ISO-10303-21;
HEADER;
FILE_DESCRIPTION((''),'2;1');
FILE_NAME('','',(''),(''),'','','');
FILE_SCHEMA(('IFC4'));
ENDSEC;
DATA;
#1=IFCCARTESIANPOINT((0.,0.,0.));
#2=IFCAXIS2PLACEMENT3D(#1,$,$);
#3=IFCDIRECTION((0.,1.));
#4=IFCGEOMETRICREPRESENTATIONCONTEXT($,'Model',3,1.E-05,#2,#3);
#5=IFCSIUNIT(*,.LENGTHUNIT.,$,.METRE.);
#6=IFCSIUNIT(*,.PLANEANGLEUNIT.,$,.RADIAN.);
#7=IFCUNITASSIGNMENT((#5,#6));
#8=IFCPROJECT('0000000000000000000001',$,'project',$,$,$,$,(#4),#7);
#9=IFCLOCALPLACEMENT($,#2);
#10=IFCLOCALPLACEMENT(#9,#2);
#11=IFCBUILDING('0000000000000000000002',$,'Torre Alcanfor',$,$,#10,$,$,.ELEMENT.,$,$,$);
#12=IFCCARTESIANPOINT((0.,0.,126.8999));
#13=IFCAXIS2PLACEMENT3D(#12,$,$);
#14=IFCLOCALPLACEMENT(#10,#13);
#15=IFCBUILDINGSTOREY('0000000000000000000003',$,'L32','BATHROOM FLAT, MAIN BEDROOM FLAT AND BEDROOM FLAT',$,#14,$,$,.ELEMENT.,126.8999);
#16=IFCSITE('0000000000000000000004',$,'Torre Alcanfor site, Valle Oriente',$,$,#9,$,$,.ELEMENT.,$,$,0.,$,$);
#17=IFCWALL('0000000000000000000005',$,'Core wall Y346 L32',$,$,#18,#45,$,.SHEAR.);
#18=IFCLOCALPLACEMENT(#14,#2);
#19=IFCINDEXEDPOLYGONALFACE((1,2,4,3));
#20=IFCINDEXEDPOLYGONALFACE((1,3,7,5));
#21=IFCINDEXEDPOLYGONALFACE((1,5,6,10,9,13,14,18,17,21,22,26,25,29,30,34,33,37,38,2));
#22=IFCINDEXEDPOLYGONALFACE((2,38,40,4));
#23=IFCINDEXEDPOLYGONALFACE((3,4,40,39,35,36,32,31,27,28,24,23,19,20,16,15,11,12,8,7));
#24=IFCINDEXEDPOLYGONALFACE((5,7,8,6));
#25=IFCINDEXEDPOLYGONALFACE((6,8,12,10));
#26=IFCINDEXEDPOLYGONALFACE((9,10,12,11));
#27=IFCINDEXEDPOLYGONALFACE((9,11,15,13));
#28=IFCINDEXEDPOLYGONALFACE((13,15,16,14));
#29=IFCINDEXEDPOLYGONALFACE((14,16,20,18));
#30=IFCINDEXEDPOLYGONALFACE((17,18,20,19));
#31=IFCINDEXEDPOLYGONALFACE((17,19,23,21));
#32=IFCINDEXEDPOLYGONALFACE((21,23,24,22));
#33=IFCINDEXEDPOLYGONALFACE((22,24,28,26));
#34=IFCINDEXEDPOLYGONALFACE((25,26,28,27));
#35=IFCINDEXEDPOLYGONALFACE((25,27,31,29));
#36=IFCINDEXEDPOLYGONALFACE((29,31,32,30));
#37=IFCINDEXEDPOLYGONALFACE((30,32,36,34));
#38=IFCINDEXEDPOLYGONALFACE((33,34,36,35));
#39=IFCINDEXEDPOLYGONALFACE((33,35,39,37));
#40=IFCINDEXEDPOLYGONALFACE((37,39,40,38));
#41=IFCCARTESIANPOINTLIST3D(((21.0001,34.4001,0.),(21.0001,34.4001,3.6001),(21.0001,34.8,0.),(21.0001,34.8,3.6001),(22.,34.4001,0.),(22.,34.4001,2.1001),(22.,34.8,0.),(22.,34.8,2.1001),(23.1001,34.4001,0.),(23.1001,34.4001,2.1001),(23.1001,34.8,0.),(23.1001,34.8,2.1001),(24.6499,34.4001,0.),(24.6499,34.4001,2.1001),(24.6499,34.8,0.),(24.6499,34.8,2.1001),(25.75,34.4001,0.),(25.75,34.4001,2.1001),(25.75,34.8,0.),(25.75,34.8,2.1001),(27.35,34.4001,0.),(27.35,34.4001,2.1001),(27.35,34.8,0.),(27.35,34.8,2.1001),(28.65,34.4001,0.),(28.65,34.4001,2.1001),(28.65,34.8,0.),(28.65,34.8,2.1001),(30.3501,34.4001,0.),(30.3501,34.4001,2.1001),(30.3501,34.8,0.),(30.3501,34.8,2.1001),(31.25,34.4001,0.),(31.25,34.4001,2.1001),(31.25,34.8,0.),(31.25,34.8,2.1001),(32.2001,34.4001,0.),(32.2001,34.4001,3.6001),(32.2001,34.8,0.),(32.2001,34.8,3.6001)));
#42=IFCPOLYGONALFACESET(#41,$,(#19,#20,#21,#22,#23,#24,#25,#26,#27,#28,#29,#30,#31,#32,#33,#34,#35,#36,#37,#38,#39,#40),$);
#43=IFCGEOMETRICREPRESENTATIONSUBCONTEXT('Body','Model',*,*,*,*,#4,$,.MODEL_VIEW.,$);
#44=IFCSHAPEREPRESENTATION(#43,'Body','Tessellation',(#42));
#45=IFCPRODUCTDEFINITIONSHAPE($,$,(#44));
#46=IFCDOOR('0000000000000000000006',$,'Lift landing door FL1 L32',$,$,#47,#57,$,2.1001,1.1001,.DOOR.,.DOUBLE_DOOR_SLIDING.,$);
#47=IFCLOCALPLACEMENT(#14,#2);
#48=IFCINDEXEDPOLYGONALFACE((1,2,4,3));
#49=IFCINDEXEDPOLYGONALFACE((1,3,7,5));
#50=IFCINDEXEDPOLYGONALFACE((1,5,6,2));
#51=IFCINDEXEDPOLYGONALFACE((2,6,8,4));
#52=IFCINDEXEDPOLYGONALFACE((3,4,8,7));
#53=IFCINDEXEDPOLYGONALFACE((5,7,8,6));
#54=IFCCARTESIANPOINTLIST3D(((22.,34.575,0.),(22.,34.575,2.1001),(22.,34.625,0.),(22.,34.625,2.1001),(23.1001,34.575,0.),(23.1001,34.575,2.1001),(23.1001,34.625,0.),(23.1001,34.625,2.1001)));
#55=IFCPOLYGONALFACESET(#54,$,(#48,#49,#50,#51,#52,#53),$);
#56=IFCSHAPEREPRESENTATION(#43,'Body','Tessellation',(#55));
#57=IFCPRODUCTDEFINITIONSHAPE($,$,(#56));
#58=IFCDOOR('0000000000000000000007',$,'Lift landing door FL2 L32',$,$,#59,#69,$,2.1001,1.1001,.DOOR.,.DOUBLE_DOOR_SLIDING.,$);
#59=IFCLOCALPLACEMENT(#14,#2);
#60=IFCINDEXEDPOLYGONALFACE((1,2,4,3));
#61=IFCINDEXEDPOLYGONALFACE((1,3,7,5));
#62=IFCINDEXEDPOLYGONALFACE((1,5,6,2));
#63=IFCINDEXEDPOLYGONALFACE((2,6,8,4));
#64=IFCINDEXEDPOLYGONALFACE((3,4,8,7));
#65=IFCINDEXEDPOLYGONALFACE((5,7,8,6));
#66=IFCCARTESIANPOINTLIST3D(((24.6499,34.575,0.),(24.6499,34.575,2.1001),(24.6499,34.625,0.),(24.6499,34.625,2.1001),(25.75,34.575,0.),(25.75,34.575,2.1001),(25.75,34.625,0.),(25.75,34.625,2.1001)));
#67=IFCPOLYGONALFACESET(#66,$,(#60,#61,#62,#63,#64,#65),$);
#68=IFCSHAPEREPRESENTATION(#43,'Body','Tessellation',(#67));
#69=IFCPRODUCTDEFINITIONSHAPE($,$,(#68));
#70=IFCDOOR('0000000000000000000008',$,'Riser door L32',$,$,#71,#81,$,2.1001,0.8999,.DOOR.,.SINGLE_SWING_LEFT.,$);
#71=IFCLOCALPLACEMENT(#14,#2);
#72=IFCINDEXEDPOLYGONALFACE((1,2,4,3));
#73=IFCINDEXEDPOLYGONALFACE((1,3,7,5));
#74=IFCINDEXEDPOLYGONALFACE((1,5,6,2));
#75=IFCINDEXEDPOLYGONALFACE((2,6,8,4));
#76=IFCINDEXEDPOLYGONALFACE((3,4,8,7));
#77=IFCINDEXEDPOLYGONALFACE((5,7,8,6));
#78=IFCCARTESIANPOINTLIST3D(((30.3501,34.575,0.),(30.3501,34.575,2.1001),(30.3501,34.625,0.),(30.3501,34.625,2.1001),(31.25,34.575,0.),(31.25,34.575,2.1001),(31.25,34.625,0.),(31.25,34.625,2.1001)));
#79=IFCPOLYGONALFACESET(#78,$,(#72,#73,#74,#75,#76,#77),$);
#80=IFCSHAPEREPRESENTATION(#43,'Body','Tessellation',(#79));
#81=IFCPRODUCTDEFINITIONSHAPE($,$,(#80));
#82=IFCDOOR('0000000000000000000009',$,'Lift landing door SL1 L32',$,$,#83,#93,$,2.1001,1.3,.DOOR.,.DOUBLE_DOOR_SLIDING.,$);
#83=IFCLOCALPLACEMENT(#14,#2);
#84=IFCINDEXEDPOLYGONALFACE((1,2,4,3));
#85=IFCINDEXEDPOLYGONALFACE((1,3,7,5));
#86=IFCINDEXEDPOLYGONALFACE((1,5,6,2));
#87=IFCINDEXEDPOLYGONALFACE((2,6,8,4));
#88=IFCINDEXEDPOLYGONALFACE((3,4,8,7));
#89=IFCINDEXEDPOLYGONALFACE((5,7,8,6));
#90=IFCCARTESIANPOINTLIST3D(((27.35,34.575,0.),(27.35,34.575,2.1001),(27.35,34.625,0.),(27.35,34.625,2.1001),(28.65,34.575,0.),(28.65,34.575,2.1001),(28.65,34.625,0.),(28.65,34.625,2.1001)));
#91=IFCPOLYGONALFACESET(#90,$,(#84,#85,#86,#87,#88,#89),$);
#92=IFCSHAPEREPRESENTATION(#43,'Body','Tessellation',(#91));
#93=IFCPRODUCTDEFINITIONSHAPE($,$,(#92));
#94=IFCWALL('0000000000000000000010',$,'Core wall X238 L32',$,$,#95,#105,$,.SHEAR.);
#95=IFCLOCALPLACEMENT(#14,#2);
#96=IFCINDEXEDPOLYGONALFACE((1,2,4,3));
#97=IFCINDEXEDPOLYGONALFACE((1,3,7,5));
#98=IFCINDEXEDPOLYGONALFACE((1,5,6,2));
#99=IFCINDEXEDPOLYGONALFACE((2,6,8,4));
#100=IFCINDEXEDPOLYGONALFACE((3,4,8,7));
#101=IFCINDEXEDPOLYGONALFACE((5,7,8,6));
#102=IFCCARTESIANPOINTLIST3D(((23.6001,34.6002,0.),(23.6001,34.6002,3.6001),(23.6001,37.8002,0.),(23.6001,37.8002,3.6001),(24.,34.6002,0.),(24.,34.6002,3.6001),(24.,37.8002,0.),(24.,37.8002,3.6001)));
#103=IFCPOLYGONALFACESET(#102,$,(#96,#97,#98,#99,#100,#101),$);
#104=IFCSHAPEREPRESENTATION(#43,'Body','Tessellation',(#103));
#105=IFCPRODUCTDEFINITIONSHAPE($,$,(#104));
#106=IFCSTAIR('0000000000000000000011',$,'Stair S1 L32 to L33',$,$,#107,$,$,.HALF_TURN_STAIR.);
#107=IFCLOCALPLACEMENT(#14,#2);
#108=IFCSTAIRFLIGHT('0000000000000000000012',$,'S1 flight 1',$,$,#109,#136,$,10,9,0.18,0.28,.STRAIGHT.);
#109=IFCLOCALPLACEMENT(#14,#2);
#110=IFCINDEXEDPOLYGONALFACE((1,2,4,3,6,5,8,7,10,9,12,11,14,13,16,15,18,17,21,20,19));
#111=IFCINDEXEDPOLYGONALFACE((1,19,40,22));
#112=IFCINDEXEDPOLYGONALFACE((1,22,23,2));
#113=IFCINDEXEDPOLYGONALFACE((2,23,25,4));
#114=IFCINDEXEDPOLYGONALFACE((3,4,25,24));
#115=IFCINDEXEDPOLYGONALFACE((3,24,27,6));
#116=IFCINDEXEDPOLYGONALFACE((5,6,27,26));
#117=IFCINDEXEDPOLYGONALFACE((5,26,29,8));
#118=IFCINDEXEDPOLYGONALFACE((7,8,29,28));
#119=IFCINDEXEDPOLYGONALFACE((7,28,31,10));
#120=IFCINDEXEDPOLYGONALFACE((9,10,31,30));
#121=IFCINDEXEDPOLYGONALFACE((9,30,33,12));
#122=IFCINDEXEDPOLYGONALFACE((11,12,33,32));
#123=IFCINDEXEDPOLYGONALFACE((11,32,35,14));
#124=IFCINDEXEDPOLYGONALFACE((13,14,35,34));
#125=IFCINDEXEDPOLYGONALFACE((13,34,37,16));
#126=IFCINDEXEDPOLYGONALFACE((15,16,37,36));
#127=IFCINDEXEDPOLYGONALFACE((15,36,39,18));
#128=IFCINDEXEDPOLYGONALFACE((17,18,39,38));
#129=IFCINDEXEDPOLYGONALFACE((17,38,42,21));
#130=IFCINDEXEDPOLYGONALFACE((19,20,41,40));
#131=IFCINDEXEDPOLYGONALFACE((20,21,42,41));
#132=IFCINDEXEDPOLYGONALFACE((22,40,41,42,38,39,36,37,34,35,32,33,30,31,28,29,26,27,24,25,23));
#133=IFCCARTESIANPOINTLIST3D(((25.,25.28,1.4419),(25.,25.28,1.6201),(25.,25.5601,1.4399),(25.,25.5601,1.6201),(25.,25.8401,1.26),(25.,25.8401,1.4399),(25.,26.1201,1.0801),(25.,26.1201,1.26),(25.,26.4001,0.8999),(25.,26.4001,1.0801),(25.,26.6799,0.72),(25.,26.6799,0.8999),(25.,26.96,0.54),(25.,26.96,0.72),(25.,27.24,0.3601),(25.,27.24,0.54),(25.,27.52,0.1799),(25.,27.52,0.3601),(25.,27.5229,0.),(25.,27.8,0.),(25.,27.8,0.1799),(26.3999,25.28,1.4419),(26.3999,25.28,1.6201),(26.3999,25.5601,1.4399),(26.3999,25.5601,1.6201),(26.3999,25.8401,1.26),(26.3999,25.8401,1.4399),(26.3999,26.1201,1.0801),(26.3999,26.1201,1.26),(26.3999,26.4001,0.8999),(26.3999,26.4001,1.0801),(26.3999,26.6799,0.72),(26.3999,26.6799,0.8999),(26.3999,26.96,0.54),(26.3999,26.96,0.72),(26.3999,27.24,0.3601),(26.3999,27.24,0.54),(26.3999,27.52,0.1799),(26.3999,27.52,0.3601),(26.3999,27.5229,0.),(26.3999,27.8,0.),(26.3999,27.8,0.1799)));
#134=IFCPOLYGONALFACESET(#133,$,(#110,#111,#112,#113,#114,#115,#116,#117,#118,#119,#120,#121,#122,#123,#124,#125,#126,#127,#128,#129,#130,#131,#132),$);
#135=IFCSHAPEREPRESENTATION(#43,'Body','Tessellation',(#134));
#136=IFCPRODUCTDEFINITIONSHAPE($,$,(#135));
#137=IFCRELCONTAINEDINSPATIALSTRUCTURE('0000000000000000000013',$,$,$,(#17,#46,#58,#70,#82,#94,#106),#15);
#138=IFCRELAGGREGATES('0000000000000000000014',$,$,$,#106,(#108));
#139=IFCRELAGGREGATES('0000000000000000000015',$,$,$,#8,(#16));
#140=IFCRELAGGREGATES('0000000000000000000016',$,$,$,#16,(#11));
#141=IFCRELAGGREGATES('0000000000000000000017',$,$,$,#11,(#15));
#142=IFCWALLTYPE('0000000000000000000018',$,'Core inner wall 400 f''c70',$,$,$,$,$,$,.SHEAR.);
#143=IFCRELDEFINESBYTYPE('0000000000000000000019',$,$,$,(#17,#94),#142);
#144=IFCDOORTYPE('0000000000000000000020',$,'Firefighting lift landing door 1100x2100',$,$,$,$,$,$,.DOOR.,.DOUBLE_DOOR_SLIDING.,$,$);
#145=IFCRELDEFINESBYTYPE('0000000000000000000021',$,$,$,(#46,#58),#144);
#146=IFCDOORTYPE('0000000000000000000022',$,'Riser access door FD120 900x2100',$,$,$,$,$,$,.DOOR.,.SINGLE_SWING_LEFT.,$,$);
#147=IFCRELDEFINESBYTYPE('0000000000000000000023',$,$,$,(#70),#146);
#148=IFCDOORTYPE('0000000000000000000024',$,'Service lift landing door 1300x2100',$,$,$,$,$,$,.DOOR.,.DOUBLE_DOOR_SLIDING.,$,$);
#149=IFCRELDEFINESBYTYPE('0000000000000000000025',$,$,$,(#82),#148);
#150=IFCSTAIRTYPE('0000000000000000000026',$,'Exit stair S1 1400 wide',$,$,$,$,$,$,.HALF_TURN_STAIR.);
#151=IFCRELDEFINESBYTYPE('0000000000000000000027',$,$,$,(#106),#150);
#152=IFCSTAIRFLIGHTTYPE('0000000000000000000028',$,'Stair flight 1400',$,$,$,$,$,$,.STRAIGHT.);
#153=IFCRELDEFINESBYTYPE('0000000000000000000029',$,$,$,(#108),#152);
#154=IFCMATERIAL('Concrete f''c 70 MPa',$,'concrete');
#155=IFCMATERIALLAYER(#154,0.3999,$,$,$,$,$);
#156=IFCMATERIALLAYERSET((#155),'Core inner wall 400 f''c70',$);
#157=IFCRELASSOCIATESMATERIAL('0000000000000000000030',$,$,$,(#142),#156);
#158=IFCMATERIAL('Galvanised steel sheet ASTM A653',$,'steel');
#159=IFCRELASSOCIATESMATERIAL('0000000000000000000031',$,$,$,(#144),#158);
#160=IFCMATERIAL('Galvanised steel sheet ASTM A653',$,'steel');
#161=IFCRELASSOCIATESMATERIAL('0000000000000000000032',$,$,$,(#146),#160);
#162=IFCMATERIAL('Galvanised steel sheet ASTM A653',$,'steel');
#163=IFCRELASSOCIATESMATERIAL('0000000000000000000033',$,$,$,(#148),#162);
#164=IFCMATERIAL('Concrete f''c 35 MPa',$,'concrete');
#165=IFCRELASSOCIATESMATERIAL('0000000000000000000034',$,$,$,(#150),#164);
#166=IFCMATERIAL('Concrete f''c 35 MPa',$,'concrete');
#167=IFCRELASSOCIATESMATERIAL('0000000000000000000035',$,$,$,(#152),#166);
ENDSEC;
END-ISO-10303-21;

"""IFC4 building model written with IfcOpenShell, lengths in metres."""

from ifc_helpers import new_model, si_unit, direction, frame, frame_2d, origin, place, context, subcontext, project, spatial, polyline, rectangle, outline, extrude, material, layer, layer_set, type_object, element, fill, aggregate, save


model = new_model("IFC4")

# Units and contexts
model_context = context("Model", 3, precision=1e-05, world=origin(), true_north=direction((0.0, 1.0)))
body_context = subcontext(model_context, "Body", "Model", "MODEL_VIEW")
ifc_project = project(units=[si_unit("LENGTHUNIT", "METRE"), si_unit("PLANEANGLEUNIT", "RADIAN")], contexts=[model_context])

# Site, building, storey
site_placement = place(None, origin())
site = spatial("IfcSite", under=ifc_project, at=site_placement, Name="Torre Alcanfor site, Valle Oriente", CompositionType="ELEMENT", RefElevation=0.0)
building_placement = place(site_placement, origin())
building = spatial("IfcBuilding", under=site, at=building_placement, Name="Torre Alcanfor", CompositionType="ELEMENT")
storey_placement = place(building_placement, frame((0.0, 0.0, 126.8999)))
storey = spatial("IfcBuildingStorey", under=building, at=storey_placement, Name="L32", Description="BATHROOM FLAT, MAIN BEDROOM FLAT AND BEDROOM FLAT", CompositionType="ELEMENT", Elevation=126.8999)

# Shared definitions
ifc_material_1 = material(Name="Concrete f'c 70 MPa", Category="concrete")
ifc_layer_1 = layer(ifc_material_1, 0.3999)
ifc_layer_set_1 = layer_set([ifc_layer_1], Name="Core inner wall 400 f'c70")
wall_type_1 = type_object("IfcWallType", Name="Core inner wall 400 f'c70", PredefinedType="SHEAR", material=ifc_layer_set_1)

# Wall, openings, doors
wall_1_placement = place(storey_placement, frame((21.0, 34.6001, 0.0), z_axis=(0.0, 0.0, 1.0), x_axis=(1.0, 0.0, 0.0)))
wall_1 = element("IfcWall", 1, at=wall_1_placement, inside=storey, type_object=wall_type_1, Name="Core wall Y346 L32", PredefinedType="SHEAR", context=body_context, shape_type="SweptSolid", body=[
    extrude(rectangle(XDim=11.2, YDim=0.3999, at=frame_2d((5.6001, 0.0))), origin(), (0.0, 0.0, 1.0), 3.6001),
])
opening_1_placement = place(wall_1_placement, frame((9.3501, 0.0, 0.0)))
opening_1 = element("IfcOpeningElement", 2, at=opening_1_placement, cuts=wall_1, PredefinedType="OPENING", context=body_context, shape_type="SweptSolid", body=[
    extrude(rectangle(XDim=0.8999, YDim=2.1001, at=frame_2d((0.45, 1.05))), frame((0.0, 0.21, 0.0), z_axis=(0.0, -1.0, 0.0), x_axis=(1.0, 0.0, 0.0)), (0.0, 0.0, 1.0), 0.4199),
])
opening_2_placement = place(wall_1_placement, frame((1.0, 0.0, 0.0)))
opening_2 = element("IfcOpeningElement", 3, at=opening_2_placement, cuts=wall_1, PredefinedType="OPENING", context=body_context, shape_type="SweptSolid", body=[
    extrude(rectangle(XDim=1.1001, YDim=2.1001, at=frame_2d((0.55, 1.05))), frame((0.0, 0.21, 0.0), z_axis=(0.0, -1.0, 0.0), x_axis=(1.0, 0.0, 0.0)), (0.0, 0.0, 1.0), 0.4199),
])
opening_3_placement = place(wall_1_placement, frame((3.6499, 0.0, 0.0)))
opening_3 = element("IfcOpeningElement", 4, at=opening_3_placement, cuts=wall_1, PredefinedType="OPENING", context=body_context, shape_type="SweptSolid", body=[
    extrude(rectangle(XDim=1.1001, YDim=2.1001, at=frame_2d((0.55, 1.05))), frame((0.0, 0.21, 0.0), z_axis=(0.0, -1.0, 0.0), x_axis=(1.0, 0.0, 0.0)), (0.0, 0.0, 1.0), 0.4199),
])
opening_4_placement = place(wall_1_placement, frame((6.3501, 0.0, 0.0)))
opening_4 = element("IfcOpeningElement", 5, at=opening_4_placement, cuts=wall_1, PredefinedType="OPENING", context=body_context, shape_type="SweptSolid", body=[
    extrude(rectangle(XDim=1.3, YDim=2.1001, at=frame_2d((0.6499, 1.05))), frame((0.0, 0.21, 0.0), z_axis=(0.0, -1.0, 0.0), x_axis=(1.0, 0.0, 0.0)), (0.0, 0.0, 1.0), 0.4199),
])
ifc_material_2 = material(Name="Galvanised steel sheet ASTM A653", Category="steel")
door_type_1 = type_object("IfcDoorType", Name="Firefighting lift landing door 1100x2100", OperationType="DOUBLE_DOOR_SLIDING", PredefinedType="DOOR", material=ifc_material_2)
door_1_placement = place(opening_2_placement, origin())
door_1 = element("IfcDoor", 6, at=door_1_placement, inside=storey, type_object=door_type_1, Name="Lift landing door FL1 L32", OperationType="DOUBLE_DOOR_SLIDING", OverallHeight=2.1001, OverallWidth=1.1001, PredefinedType="DOOR", context=body_context, shape_type="SweptSolid", body=[
    extrude(rectangle(XDim=1.1001, YDim=2.1001, at=frame_2d((0.55, 1.05))), frame((0.0, 0.0249, 0.0), z_axis=(0.0, -1.0, 0.0), x_axis=(1.0, 0.0, 0.0)), (0.0, 0.0, 1.0), 0.05),
])
fill(opening_2, door_1)
door_2_placement = place(opening_3_placement, origin())
door_2 = element("IfcDoor", 7, at=door_2_placement, inside=storey, type_object=door_type_1, Name="Lift landing door FL2 L32", OperationType="DOUBLE_DOOR_SLIDING", OverallHeight=2.1001, OverallWidth=1.1001, PredefinedType="DOOR", context=body_context, shape_type="SweptSolid", body=[
    extrude(rectangle(XDim=1.1001, YDim=2.1001, at=frame_2d((0.55, 1.05))), frame((0.0, 0.0249, 0.0), z_axis=(0.0, -1.0, 0.0), x_axis=(1.0, 0.0, 0.0)), (0.0, 0.0, 1.0), 0.05),
])
fill(opening_3, door_2)
ifc_material_3 = material(Name="Galvanised steel sheet ASTM A653", Category="steel")
door_type_2 = type_object("IfcDoorType", Name="Riser access door FD120 900x2100", OperationType="SINGLE_SWING_LEFT", PredefinedType="DOOR", material=ifc_material_3)
door_3_placement = place(opening_1_placement, origin())
door_3 = element("IfcDoor", 8, at=door_3_placement, inside=storey, type_object=door_type_2, Name="Riser door L32", OperationType="SINGLE_SWING_LEFT", OverallHeight=2.1001, OverallWidth=0.8999, PredefinedType="DOOR", context=body_context, shape_type="SweptSolid", body=[
    extrude(rectangle(XDim=0.8999, YDim=2.1001, at=frame_2d((0.45, 1.05))), frame((0.0, 0.0249, 0.0), z_axis=(0.0, -1.0, 0.0), x_axis=(1.0, 0.0, 0.0)), (0.0, 0.0, 1.0), 0.05),
])
fill(opening_1, door_3)
ifc_material_4 = material(Name="Galvanised steel sheet ASTM A653", Category="steel")
door_type_3 = type_object("IfcDoorType", Name="Service lift landing door 1300x2100", OperationType="DOUBLE_DOOR_SLIDING", PredefinedType="DOOR", material=ifc_material_4)
door_4_placement = place(opening_4_placement, origin())
door_4 = element("IfcDoor", 9, at=door_4_placement, inside=storey, type_object=door_type_3, Name="Lift landing door SL1 L32", OperationType="DOUBLE_DOOR_SLIDING", OverallHeight=2.1001, OverallWidth=1.3, PredefinedType="DOOR", context=body_context, shape_type="SweptSolid", body=[
    extrude(rectangle(XDim=1.3, YDim=2.1001, at=frame_2d((0.6499, 1.05))), frame((0.0, 0.0249, 0.0), z_axis=(0.0, -1.0, 0.0), x_axis=(1.0, 0.0, 0.0)), (0.0, 0.0, 1.0), 0.05),
])
fill(opening_4, door_4)

# Wall
wall_2_placement = place(storey_placement, frame((23.8, 34.6001, 0.0), z_axis=(0.0, 0.0, 1.0), x_axis=(0.0, 1.0, 0.0)))
element("IfcWall", 10, at=wall_2_placement, inside=storey, type_object=wall_type_1, Name="Core wall X238 L32", PredefinedType="SHEAR", context=body_context, shape_type="SweptSolid", body=[
    extrude(rectangle(XDim=3.2, YDim=0.3999, at=frame_2d((1.6001, 0.0))), origin(), (0.0, 0.0, 1.0), 3.6001),
])

# Stair, stair flight
ifc_material_5 = material(Name="Concrete f'c 35 MPa", Category="concrete")
stair_type = type_object("IfcStairType", Name="Exit stair S1 1400 wide", PredefinedType="HALF_TURN_STAIR", material=ifc_material_5)
stair_placement = place(storey_placement, origin())
stair = element("IfcStair", 11, at=stair_placement, inside=storey, type_object=stair_type, Name="Stair S1 L32 to L33", PredefinedType="HALF_TURN_STAIR")
ifc_material_6 = material(Name="Concrete f'c 35 MPa", Category="concrete")
stair_flight_type = type_object("IfcStairFlightType", Name="Stair flight 1400", PredefinedType="STRAIGHT", material=ifc_material_6)
stair_flight_placement = place(storey_placement, frame((25.7, 27.8, 0.0), z_axis=(0.0, 0.0, 1.0), x_axis=(0.0, -1.0, 0.0)))
stair_flight = element("IfcStairFlight", 12, at=stair_flight_placement, type_object=stair_flight_type, Name="S1 flight 1", NumberOfRisers=10, NumberOfTreads=9, PredefinedType="STRAIGHT", RiserHeight=0.18, TreadLength=0.28, context=body_context, shape_type="SweptSolid", body=[
    extrude(outline(polyline([(0.0, 0.0), (0.0, 0.1799), (0.28, 0.1799), (0.28, 0.3601), (0.5601, 0.3601), (0.5601, 0.54), (0.8401, 0.54), (0.8401, 0.72), (1.1201, 0.72), (1.1201, 0.8999), (1.3999, 0.8999), (1.3999, 1.0801), (1.6799, 1.0801), (1.6799, 1.26), (1.96, 1.26), (1.96, 1.4399), (2.24, 1.4399), (2.24, 1.6201), (2.52, 1.6201), (2.52, 1.8), (2.52, 1.4419), (0.2771, 0.0), (0.0, 0.0)])), frame((0.0, 0.7, 0.0), z_axis=(0.0, -1.0, 0.0), x_axis=(1.0, 0.0, 0.0)), (0.0, 0.0, 1.0), 1.3999),
])
aggregate(stair, [stair_flight])

save(model, "model.ifc")
